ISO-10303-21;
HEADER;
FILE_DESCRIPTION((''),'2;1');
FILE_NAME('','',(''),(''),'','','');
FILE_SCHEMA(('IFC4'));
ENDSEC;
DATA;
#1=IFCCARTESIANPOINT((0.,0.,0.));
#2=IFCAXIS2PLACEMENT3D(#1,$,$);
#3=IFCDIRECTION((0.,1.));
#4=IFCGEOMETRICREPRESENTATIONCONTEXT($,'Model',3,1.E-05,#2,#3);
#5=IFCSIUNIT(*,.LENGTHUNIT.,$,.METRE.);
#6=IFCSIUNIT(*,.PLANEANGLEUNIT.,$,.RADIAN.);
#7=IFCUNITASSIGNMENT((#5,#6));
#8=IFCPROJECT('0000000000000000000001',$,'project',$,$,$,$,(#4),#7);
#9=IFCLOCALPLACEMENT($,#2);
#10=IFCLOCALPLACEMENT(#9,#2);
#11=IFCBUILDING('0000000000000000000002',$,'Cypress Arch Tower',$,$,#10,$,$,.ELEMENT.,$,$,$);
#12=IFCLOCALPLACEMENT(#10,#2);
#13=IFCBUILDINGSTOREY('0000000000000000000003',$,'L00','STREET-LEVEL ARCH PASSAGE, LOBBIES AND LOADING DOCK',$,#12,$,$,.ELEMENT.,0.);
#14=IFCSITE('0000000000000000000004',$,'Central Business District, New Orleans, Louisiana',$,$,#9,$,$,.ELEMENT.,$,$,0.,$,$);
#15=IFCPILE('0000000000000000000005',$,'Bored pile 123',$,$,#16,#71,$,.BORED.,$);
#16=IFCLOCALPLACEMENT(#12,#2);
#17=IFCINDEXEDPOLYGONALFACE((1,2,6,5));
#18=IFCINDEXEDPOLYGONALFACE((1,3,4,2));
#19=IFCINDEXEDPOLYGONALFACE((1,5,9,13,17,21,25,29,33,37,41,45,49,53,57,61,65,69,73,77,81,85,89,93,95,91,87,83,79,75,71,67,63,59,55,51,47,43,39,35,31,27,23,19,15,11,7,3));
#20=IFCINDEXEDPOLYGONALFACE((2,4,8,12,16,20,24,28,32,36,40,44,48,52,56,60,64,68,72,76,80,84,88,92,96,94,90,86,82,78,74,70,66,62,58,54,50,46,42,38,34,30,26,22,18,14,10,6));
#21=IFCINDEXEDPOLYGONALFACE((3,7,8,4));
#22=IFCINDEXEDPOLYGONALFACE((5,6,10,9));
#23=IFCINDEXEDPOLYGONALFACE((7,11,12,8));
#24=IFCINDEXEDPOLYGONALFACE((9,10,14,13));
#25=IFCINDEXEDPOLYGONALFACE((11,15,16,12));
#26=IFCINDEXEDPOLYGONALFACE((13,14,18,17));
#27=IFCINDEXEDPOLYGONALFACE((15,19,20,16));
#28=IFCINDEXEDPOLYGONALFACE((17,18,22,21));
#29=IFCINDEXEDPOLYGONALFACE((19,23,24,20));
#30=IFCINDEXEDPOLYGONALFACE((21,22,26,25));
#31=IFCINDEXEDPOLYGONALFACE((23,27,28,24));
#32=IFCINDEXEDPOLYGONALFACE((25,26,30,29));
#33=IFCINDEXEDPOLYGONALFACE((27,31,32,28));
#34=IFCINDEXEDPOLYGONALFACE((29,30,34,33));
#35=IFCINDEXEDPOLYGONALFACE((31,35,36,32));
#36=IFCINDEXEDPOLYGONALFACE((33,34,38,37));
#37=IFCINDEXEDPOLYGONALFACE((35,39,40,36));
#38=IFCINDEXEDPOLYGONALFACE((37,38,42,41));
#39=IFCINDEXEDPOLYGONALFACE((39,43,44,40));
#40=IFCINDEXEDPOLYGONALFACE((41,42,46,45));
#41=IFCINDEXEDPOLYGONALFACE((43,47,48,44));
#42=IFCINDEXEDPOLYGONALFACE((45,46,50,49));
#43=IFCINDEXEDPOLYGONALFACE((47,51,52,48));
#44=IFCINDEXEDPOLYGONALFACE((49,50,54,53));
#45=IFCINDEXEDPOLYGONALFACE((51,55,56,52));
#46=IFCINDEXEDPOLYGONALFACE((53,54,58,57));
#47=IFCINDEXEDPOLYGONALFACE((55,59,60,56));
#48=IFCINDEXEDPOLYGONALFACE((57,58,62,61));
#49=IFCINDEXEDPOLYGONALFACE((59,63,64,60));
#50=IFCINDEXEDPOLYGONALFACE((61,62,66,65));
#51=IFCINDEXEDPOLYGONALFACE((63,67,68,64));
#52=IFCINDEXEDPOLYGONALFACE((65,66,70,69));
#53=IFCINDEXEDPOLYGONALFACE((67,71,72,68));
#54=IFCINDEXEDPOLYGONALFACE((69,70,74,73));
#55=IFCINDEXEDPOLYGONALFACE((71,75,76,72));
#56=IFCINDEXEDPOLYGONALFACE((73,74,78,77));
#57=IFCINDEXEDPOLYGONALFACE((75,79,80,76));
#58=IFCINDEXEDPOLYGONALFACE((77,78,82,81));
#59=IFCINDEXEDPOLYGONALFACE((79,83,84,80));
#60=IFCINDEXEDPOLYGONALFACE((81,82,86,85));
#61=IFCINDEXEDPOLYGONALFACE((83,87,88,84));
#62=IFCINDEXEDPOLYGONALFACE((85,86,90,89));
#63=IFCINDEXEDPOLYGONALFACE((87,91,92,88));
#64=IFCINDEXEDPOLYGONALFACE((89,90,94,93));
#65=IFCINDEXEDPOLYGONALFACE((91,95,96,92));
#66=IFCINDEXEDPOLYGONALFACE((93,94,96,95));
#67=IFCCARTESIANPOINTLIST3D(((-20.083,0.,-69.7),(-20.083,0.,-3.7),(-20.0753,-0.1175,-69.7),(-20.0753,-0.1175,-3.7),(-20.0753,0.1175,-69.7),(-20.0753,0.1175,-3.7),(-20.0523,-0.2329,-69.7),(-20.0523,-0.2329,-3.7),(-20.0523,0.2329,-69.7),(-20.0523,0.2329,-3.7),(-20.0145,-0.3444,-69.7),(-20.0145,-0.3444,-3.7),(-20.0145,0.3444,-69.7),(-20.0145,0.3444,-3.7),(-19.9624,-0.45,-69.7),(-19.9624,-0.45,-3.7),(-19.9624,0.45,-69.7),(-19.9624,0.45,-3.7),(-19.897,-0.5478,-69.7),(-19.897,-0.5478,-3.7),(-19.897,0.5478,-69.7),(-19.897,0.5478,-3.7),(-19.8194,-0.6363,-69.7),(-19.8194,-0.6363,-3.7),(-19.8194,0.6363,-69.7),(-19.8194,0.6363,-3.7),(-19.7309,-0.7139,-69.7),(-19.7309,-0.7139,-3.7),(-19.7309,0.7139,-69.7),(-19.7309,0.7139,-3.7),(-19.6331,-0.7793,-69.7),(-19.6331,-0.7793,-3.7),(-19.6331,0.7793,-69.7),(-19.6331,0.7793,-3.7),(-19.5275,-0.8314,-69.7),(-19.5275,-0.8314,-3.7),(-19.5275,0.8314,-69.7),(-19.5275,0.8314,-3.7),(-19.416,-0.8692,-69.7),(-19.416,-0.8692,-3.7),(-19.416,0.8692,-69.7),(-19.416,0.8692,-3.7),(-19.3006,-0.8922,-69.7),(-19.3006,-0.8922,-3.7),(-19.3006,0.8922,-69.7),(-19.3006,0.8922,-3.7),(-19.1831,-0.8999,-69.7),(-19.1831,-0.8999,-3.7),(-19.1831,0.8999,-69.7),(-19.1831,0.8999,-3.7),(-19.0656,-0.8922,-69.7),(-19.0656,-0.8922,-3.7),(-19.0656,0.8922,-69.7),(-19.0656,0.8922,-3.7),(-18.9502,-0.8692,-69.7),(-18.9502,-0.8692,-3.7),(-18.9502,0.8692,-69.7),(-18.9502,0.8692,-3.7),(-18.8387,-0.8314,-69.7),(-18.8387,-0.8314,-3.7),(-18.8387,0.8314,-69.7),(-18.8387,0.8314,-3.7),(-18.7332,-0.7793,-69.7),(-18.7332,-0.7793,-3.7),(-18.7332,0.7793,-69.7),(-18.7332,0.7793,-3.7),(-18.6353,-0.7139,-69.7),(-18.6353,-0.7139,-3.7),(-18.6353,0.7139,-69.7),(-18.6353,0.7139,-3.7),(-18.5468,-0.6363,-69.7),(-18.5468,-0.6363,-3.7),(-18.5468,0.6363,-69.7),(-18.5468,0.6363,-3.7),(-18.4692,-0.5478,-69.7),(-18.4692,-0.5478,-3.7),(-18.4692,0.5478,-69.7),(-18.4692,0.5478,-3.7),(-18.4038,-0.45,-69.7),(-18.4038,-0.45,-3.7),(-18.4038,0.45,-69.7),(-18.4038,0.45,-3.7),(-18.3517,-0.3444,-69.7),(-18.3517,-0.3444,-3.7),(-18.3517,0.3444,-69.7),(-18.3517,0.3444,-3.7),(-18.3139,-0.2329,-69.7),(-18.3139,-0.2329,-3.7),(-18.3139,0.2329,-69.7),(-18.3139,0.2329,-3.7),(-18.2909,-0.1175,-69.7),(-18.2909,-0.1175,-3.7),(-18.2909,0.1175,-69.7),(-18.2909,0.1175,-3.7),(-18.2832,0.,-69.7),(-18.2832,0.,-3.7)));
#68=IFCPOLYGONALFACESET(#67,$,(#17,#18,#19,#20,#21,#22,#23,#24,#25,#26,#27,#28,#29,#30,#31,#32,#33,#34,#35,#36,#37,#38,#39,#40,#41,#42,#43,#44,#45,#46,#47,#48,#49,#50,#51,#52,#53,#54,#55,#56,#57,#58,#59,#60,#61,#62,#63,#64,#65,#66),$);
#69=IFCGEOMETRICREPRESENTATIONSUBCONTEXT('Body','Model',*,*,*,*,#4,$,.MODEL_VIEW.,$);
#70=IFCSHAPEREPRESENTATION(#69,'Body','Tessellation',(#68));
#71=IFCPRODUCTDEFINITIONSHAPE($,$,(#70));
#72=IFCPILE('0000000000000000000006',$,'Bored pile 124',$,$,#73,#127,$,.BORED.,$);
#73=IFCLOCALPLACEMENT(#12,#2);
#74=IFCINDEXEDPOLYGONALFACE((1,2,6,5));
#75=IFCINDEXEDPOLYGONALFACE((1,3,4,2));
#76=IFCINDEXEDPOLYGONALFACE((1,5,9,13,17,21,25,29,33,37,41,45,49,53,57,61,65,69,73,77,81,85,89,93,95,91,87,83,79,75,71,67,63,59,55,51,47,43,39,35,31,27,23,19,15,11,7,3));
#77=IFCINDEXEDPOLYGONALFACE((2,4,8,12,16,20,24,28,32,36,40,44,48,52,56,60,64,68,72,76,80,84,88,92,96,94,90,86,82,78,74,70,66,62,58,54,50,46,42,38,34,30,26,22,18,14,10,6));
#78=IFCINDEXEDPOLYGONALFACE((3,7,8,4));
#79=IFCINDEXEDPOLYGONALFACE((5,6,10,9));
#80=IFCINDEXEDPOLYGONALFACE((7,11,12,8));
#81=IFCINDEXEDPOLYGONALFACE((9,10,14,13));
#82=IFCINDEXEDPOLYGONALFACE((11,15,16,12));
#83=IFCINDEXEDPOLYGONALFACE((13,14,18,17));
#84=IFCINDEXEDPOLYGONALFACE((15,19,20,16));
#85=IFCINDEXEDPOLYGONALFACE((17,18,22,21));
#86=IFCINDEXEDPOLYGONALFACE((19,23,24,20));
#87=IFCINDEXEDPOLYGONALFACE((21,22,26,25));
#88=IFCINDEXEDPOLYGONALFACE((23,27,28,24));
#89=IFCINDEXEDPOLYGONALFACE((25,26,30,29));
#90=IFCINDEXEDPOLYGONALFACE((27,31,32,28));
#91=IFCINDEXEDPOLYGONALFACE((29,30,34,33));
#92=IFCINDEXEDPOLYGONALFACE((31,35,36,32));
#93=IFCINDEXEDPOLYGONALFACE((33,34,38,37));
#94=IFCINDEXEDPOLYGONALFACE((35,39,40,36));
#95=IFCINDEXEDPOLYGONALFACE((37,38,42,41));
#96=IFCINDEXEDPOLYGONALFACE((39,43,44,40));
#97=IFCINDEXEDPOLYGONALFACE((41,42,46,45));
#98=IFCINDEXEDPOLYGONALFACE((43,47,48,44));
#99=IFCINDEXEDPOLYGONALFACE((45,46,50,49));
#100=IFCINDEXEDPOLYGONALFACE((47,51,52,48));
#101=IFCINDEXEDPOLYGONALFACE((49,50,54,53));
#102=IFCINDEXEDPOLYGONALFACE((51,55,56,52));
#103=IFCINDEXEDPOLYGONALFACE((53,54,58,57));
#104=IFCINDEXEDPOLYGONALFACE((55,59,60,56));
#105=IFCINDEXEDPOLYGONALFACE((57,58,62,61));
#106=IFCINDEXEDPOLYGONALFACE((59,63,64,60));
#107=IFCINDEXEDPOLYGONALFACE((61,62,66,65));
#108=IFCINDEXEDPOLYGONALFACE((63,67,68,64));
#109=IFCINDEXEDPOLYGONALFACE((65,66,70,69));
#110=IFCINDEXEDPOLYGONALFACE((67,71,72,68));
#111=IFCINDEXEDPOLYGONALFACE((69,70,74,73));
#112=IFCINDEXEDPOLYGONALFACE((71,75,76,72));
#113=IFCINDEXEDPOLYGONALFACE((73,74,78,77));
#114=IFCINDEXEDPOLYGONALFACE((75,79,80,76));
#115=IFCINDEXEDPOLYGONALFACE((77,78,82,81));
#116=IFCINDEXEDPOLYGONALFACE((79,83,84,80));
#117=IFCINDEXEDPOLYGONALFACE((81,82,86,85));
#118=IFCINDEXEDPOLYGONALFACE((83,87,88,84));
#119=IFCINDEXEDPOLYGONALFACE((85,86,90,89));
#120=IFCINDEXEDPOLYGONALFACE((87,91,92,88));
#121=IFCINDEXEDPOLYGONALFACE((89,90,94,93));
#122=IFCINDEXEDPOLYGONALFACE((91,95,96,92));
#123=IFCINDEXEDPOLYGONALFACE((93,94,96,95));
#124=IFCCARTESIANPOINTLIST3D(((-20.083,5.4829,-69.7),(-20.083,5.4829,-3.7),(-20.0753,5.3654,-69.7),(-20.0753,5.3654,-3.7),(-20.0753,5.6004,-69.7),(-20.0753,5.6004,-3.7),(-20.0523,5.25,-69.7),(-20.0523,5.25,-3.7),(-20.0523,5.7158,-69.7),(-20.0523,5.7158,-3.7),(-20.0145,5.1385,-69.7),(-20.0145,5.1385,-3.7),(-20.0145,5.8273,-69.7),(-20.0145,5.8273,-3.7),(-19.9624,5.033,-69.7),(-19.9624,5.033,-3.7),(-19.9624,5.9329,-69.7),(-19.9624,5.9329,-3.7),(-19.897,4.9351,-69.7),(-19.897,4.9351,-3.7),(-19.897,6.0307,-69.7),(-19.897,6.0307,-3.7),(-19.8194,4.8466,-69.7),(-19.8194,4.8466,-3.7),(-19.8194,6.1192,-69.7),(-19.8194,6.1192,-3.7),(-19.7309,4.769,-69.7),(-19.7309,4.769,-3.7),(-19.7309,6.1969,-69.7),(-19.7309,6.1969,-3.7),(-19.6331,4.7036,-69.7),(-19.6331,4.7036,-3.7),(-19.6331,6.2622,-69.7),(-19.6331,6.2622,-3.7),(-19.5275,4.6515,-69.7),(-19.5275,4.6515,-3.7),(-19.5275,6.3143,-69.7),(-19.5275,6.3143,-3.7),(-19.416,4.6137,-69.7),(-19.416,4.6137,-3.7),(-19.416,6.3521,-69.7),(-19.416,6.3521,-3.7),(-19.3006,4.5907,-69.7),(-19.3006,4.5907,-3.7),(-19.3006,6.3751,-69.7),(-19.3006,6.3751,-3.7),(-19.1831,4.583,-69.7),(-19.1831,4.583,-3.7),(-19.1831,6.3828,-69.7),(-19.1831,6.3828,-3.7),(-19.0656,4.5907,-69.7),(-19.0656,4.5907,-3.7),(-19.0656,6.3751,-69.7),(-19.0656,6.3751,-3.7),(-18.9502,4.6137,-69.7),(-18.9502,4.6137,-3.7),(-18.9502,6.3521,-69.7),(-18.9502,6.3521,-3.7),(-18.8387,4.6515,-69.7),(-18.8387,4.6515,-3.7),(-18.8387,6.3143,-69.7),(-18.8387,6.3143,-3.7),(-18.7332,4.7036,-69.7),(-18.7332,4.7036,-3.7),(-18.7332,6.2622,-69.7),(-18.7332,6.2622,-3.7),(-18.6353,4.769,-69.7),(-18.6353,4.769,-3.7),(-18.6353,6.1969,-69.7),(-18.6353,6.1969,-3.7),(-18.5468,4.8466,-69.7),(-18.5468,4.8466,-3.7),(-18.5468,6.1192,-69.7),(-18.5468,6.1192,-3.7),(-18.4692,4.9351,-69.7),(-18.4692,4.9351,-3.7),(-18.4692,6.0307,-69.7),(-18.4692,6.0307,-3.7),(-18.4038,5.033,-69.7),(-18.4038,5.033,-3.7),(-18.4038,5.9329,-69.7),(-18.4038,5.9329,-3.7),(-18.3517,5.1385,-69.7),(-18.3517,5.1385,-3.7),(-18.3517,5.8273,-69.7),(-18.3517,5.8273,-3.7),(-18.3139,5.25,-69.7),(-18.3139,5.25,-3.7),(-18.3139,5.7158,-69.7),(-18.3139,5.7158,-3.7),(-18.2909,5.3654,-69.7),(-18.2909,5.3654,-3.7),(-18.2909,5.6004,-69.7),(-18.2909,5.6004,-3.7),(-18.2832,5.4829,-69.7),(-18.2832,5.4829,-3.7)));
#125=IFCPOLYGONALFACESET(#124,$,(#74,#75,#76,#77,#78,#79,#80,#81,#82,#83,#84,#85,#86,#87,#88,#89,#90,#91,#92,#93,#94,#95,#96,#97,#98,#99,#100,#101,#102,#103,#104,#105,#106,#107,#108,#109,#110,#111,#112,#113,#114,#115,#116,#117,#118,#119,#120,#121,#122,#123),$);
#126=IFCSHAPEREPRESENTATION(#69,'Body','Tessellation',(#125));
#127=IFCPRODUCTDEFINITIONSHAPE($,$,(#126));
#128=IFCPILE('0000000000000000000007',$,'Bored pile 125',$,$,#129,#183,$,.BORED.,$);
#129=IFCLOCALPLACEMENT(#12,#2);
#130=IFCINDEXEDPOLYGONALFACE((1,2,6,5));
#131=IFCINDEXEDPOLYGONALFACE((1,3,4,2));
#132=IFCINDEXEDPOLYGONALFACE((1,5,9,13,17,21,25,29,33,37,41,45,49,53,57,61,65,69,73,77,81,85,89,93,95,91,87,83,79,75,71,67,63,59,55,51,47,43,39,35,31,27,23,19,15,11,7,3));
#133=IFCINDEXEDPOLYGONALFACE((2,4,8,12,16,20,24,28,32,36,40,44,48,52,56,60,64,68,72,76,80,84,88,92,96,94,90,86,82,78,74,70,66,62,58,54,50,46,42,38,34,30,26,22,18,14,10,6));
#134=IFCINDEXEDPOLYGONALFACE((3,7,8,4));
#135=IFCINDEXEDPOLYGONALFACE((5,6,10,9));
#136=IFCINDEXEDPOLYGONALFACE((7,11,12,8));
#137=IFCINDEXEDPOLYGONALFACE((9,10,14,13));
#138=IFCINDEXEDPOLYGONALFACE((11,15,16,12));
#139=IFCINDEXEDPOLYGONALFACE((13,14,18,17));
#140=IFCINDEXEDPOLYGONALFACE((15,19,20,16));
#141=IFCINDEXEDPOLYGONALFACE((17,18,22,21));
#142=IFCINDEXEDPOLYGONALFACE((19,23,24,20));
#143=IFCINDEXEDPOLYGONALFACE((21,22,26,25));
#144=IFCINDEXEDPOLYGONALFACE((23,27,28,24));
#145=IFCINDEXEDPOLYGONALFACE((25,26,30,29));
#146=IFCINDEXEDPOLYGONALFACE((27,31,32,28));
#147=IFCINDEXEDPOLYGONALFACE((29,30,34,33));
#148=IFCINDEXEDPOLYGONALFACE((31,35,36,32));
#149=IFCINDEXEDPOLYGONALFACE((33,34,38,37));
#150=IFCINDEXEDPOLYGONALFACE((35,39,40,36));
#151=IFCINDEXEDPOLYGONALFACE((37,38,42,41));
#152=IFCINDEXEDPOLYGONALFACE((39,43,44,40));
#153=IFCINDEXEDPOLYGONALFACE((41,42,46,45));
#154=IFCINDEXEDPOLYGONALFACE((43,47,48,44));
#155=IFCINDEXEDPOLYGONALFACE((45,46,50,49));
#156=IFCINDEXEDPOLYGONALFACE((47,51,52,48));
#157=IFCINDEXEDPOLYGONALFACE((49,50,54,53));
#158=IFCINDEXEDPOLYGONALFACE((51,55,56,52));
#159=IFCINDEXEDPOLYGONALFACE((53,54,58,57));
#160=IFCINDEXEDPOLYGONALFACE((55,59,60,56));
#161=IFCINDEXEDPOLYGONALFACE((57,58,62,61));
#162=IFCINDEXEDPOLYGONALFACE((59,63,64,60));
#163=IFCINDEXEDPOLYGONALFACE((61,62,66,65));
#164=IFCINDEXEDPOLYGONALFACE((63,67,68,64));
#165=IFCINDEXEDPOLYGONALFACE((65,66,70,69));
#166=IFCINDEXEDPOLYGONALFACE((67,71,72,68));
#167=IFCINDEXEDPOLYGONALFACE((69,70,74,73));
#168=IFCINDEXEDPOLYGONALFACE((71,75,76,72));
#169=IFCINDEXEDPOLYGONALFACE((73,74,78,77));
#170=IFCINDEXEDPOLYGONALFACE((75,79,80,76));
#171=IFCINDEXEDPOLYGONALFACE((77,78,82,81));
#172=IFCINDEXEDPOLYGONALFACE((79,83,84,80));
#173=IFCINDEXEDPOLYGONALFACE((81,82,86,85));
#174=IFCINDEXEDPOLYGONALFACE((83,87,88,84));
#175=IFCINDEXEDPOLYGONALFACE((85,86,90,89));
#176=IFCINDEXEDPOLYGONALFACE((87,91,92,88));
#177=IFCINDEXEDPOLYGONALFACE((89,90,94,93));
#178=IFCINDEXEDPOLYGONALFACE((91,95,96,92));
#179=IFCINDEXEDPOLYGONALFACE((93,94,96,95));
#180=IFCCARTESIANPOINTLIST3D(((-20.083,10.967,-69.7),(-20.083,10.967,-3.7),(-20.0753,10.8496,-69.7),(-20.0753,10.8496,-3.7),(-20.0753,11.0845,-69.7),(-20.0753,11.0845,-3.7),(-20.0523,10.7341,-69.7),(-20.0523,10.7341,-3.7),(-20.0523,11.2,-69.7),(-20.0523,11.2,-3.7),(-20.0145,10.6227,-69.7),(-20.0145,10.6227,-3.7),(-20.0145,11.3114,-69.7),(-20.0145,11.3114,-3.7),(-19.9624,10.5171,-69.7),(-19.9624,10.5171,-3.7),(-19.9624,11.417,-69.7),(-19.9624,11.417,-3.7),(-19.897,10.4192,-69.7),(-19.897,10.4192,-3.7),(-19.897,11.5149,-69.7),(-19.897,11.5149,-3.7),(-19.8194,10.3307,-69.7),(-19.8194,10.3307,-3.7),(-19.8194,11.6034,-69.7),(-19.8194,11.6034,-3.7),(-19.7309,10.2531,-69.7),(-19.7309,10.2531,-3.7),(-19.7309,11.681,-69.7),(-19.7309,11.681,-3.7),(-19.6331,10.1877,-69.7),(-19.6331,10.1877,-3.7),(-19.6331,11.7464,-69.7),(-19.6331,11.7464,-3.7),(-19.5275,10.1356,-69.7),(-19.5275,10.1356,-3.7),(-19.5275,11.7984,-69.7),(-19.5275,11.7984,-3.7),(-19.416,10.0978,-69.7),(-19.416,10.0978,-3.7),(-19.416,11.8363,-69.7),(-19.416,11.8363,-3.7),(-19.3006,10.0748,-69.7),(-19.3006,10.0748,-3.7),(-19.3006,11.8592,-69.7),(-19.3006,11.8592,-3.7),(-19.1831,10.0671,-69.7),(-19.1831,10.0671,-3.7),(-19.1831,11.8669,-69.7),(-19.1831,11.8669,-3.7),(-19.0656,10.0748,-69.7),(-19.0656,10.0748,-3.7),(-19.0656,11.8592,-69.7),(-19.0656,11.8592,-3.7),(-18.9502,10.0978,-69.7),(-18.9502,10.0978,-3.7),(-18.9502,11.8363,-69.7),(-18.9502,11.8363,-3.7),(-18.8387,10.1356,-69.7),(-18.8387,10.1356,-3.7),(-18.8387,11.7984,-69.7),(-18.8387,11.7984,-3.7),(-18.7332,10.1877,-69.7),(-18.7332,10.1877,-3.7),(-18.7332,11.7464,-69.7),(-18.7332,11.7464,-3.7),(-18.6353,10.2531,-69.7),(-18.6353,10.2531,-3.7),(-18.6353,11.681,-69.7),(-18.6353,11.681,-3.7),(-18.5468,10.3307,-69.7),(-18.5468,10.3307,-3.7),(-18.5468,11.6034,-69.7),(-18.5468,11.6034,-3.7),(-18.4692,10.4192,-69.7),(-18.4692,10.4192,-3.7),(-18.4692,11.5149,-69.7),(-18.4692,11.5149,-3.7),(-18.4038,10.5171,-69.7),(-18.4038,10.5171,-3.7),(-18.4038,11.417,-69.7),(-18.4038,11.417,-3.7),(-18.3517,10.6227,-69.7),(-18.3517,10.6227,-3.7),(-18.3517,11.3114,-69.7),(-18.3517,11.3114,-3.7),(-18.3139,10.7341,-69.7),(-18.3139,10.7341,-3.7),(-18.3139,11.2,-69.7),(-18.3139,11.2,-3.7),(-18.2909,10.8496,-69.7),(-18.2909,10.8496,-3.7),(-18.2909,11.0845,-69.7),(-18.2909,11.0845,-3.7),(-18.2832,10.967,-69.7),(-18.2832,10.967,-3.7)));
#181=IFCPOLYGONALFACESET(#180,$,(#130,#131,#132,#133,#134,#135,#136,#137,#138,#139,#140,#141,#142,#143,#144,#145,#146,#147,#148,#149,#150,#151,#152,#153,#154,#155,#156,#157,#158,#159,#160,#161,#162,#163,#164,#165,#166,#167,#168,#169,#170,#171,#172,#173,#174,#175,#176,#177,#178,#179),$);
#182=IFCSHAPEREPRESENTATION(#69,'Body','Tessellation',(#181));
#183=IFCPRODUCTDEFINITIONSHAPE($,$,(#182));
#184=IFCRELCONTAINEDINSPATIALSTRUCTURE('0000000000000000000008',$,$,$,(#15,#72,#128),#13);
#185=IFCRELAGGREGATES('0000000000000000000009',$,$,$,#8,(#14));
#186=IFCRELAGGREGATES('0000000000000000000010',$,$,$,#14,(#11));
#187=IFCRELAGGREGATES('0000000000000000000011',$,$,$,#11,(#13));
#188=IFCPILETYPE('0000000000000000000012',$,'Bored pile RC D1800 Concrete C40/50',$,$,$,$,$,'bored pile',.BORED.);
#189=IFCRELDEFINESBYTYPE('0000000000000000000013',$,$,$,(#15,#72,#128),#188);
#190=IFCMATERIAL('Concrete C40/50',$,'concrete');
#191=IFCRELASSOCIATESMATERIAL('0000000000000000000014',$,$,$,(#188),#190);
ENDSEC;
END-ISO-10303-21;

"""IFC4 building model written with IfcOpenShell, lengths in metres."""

from ifc_helpers import new_model, si_unit, direction, frame, origin, origin_2d, place, context, subcontext, project, spatial, circle, extrude, material, material_profile, profile_set, type_object, element, save


model = new_model("IFC4")

# Units and contexts
model_context = context("Model", 3, precision=1e-05, world=origin(), true_north=direction((0.0, 1.0)))
body_context = subcontext(model_context, "Body", "Model", "MODEL_VIEW")
ifc_project = project(units=[si_unit("LENGTHUNIT", "METRE"), si_unit("PLANEANGLEUNIT", "RADIAN")], contexts=[model_context])

# Site, building, storey
site_placement = place(None, origin())
site = spatial("IfcSite", under=ifc_project, at=site_placement, Name="Central Business District, New Orleans, Louisiana", CompositionType="ELEMENT", RefElevation=0.0)
building_placement = place(site_placement, origin())
building = spatial("IfcBuilding", under=site, at=building_placement, Name="Cypress Arch Tower", CompositionType="ELEMENT")
storey_placement = place(building_placement, origin())
storey = spatial("IfcBuildingStorey", under=building, at=storey_placement, Name="L00", Description="STREET-LEVEL ARCH PASSAGE, LOBBIES AND LOADING DOCK", CompositionType="ELEMENT", Elevation=0.0)

# Piles
ifc_material_1 = material(Name="Concrete C40/50", Category="concrete")
ifc_material_profile = material_profile(ifc_material_1, circle(Radius=0.8999, at=origin_2d()), Name="RC D1800")
ifc_profile_set = profile_set([ifc_material_profile], Name="Concrete C40/50")
pile_type = type_object("IfcPileType", Name="Bored pile RC D1800 Concrete C40/50", ElementType="bored pile", PredefinedType="BORED", material=ifc_profile_set)
for number, where, z_axis, x_axis, name in (
    (1, (-19.1831, 0.0, -3.7), (0.0, 0.0, -1.0), (1.0, 0.0, 0.0), "Bored pile 123"),
    (2, (-19.1831, 5.4829, -3.7), (0.0, 0.0, -1.0), (1.0, 0.0, 0.0), "Bored pile 124"),
    (3, (-19.1831, 10.967, -3.7), (0.0, 0.0, -1.0), (1.0, 0.0, 0.0), "Bored pile 125"),
):
    element("IfcPile", number, at=place(storey_placement, frame(where, z_axis=z_axis, x_axis=x_axis)), inside=storey, type_object=pile_type, Name=name, PredefinedType="BORED", context=body_context, shape_type="SweptSolid", body=[
        extrude(circle(Radius=0.8999, at=origin_2d()), origin(), (0.0, 0.0, 1.0), 66.0),
    ])

save(model, "model.ifc")
